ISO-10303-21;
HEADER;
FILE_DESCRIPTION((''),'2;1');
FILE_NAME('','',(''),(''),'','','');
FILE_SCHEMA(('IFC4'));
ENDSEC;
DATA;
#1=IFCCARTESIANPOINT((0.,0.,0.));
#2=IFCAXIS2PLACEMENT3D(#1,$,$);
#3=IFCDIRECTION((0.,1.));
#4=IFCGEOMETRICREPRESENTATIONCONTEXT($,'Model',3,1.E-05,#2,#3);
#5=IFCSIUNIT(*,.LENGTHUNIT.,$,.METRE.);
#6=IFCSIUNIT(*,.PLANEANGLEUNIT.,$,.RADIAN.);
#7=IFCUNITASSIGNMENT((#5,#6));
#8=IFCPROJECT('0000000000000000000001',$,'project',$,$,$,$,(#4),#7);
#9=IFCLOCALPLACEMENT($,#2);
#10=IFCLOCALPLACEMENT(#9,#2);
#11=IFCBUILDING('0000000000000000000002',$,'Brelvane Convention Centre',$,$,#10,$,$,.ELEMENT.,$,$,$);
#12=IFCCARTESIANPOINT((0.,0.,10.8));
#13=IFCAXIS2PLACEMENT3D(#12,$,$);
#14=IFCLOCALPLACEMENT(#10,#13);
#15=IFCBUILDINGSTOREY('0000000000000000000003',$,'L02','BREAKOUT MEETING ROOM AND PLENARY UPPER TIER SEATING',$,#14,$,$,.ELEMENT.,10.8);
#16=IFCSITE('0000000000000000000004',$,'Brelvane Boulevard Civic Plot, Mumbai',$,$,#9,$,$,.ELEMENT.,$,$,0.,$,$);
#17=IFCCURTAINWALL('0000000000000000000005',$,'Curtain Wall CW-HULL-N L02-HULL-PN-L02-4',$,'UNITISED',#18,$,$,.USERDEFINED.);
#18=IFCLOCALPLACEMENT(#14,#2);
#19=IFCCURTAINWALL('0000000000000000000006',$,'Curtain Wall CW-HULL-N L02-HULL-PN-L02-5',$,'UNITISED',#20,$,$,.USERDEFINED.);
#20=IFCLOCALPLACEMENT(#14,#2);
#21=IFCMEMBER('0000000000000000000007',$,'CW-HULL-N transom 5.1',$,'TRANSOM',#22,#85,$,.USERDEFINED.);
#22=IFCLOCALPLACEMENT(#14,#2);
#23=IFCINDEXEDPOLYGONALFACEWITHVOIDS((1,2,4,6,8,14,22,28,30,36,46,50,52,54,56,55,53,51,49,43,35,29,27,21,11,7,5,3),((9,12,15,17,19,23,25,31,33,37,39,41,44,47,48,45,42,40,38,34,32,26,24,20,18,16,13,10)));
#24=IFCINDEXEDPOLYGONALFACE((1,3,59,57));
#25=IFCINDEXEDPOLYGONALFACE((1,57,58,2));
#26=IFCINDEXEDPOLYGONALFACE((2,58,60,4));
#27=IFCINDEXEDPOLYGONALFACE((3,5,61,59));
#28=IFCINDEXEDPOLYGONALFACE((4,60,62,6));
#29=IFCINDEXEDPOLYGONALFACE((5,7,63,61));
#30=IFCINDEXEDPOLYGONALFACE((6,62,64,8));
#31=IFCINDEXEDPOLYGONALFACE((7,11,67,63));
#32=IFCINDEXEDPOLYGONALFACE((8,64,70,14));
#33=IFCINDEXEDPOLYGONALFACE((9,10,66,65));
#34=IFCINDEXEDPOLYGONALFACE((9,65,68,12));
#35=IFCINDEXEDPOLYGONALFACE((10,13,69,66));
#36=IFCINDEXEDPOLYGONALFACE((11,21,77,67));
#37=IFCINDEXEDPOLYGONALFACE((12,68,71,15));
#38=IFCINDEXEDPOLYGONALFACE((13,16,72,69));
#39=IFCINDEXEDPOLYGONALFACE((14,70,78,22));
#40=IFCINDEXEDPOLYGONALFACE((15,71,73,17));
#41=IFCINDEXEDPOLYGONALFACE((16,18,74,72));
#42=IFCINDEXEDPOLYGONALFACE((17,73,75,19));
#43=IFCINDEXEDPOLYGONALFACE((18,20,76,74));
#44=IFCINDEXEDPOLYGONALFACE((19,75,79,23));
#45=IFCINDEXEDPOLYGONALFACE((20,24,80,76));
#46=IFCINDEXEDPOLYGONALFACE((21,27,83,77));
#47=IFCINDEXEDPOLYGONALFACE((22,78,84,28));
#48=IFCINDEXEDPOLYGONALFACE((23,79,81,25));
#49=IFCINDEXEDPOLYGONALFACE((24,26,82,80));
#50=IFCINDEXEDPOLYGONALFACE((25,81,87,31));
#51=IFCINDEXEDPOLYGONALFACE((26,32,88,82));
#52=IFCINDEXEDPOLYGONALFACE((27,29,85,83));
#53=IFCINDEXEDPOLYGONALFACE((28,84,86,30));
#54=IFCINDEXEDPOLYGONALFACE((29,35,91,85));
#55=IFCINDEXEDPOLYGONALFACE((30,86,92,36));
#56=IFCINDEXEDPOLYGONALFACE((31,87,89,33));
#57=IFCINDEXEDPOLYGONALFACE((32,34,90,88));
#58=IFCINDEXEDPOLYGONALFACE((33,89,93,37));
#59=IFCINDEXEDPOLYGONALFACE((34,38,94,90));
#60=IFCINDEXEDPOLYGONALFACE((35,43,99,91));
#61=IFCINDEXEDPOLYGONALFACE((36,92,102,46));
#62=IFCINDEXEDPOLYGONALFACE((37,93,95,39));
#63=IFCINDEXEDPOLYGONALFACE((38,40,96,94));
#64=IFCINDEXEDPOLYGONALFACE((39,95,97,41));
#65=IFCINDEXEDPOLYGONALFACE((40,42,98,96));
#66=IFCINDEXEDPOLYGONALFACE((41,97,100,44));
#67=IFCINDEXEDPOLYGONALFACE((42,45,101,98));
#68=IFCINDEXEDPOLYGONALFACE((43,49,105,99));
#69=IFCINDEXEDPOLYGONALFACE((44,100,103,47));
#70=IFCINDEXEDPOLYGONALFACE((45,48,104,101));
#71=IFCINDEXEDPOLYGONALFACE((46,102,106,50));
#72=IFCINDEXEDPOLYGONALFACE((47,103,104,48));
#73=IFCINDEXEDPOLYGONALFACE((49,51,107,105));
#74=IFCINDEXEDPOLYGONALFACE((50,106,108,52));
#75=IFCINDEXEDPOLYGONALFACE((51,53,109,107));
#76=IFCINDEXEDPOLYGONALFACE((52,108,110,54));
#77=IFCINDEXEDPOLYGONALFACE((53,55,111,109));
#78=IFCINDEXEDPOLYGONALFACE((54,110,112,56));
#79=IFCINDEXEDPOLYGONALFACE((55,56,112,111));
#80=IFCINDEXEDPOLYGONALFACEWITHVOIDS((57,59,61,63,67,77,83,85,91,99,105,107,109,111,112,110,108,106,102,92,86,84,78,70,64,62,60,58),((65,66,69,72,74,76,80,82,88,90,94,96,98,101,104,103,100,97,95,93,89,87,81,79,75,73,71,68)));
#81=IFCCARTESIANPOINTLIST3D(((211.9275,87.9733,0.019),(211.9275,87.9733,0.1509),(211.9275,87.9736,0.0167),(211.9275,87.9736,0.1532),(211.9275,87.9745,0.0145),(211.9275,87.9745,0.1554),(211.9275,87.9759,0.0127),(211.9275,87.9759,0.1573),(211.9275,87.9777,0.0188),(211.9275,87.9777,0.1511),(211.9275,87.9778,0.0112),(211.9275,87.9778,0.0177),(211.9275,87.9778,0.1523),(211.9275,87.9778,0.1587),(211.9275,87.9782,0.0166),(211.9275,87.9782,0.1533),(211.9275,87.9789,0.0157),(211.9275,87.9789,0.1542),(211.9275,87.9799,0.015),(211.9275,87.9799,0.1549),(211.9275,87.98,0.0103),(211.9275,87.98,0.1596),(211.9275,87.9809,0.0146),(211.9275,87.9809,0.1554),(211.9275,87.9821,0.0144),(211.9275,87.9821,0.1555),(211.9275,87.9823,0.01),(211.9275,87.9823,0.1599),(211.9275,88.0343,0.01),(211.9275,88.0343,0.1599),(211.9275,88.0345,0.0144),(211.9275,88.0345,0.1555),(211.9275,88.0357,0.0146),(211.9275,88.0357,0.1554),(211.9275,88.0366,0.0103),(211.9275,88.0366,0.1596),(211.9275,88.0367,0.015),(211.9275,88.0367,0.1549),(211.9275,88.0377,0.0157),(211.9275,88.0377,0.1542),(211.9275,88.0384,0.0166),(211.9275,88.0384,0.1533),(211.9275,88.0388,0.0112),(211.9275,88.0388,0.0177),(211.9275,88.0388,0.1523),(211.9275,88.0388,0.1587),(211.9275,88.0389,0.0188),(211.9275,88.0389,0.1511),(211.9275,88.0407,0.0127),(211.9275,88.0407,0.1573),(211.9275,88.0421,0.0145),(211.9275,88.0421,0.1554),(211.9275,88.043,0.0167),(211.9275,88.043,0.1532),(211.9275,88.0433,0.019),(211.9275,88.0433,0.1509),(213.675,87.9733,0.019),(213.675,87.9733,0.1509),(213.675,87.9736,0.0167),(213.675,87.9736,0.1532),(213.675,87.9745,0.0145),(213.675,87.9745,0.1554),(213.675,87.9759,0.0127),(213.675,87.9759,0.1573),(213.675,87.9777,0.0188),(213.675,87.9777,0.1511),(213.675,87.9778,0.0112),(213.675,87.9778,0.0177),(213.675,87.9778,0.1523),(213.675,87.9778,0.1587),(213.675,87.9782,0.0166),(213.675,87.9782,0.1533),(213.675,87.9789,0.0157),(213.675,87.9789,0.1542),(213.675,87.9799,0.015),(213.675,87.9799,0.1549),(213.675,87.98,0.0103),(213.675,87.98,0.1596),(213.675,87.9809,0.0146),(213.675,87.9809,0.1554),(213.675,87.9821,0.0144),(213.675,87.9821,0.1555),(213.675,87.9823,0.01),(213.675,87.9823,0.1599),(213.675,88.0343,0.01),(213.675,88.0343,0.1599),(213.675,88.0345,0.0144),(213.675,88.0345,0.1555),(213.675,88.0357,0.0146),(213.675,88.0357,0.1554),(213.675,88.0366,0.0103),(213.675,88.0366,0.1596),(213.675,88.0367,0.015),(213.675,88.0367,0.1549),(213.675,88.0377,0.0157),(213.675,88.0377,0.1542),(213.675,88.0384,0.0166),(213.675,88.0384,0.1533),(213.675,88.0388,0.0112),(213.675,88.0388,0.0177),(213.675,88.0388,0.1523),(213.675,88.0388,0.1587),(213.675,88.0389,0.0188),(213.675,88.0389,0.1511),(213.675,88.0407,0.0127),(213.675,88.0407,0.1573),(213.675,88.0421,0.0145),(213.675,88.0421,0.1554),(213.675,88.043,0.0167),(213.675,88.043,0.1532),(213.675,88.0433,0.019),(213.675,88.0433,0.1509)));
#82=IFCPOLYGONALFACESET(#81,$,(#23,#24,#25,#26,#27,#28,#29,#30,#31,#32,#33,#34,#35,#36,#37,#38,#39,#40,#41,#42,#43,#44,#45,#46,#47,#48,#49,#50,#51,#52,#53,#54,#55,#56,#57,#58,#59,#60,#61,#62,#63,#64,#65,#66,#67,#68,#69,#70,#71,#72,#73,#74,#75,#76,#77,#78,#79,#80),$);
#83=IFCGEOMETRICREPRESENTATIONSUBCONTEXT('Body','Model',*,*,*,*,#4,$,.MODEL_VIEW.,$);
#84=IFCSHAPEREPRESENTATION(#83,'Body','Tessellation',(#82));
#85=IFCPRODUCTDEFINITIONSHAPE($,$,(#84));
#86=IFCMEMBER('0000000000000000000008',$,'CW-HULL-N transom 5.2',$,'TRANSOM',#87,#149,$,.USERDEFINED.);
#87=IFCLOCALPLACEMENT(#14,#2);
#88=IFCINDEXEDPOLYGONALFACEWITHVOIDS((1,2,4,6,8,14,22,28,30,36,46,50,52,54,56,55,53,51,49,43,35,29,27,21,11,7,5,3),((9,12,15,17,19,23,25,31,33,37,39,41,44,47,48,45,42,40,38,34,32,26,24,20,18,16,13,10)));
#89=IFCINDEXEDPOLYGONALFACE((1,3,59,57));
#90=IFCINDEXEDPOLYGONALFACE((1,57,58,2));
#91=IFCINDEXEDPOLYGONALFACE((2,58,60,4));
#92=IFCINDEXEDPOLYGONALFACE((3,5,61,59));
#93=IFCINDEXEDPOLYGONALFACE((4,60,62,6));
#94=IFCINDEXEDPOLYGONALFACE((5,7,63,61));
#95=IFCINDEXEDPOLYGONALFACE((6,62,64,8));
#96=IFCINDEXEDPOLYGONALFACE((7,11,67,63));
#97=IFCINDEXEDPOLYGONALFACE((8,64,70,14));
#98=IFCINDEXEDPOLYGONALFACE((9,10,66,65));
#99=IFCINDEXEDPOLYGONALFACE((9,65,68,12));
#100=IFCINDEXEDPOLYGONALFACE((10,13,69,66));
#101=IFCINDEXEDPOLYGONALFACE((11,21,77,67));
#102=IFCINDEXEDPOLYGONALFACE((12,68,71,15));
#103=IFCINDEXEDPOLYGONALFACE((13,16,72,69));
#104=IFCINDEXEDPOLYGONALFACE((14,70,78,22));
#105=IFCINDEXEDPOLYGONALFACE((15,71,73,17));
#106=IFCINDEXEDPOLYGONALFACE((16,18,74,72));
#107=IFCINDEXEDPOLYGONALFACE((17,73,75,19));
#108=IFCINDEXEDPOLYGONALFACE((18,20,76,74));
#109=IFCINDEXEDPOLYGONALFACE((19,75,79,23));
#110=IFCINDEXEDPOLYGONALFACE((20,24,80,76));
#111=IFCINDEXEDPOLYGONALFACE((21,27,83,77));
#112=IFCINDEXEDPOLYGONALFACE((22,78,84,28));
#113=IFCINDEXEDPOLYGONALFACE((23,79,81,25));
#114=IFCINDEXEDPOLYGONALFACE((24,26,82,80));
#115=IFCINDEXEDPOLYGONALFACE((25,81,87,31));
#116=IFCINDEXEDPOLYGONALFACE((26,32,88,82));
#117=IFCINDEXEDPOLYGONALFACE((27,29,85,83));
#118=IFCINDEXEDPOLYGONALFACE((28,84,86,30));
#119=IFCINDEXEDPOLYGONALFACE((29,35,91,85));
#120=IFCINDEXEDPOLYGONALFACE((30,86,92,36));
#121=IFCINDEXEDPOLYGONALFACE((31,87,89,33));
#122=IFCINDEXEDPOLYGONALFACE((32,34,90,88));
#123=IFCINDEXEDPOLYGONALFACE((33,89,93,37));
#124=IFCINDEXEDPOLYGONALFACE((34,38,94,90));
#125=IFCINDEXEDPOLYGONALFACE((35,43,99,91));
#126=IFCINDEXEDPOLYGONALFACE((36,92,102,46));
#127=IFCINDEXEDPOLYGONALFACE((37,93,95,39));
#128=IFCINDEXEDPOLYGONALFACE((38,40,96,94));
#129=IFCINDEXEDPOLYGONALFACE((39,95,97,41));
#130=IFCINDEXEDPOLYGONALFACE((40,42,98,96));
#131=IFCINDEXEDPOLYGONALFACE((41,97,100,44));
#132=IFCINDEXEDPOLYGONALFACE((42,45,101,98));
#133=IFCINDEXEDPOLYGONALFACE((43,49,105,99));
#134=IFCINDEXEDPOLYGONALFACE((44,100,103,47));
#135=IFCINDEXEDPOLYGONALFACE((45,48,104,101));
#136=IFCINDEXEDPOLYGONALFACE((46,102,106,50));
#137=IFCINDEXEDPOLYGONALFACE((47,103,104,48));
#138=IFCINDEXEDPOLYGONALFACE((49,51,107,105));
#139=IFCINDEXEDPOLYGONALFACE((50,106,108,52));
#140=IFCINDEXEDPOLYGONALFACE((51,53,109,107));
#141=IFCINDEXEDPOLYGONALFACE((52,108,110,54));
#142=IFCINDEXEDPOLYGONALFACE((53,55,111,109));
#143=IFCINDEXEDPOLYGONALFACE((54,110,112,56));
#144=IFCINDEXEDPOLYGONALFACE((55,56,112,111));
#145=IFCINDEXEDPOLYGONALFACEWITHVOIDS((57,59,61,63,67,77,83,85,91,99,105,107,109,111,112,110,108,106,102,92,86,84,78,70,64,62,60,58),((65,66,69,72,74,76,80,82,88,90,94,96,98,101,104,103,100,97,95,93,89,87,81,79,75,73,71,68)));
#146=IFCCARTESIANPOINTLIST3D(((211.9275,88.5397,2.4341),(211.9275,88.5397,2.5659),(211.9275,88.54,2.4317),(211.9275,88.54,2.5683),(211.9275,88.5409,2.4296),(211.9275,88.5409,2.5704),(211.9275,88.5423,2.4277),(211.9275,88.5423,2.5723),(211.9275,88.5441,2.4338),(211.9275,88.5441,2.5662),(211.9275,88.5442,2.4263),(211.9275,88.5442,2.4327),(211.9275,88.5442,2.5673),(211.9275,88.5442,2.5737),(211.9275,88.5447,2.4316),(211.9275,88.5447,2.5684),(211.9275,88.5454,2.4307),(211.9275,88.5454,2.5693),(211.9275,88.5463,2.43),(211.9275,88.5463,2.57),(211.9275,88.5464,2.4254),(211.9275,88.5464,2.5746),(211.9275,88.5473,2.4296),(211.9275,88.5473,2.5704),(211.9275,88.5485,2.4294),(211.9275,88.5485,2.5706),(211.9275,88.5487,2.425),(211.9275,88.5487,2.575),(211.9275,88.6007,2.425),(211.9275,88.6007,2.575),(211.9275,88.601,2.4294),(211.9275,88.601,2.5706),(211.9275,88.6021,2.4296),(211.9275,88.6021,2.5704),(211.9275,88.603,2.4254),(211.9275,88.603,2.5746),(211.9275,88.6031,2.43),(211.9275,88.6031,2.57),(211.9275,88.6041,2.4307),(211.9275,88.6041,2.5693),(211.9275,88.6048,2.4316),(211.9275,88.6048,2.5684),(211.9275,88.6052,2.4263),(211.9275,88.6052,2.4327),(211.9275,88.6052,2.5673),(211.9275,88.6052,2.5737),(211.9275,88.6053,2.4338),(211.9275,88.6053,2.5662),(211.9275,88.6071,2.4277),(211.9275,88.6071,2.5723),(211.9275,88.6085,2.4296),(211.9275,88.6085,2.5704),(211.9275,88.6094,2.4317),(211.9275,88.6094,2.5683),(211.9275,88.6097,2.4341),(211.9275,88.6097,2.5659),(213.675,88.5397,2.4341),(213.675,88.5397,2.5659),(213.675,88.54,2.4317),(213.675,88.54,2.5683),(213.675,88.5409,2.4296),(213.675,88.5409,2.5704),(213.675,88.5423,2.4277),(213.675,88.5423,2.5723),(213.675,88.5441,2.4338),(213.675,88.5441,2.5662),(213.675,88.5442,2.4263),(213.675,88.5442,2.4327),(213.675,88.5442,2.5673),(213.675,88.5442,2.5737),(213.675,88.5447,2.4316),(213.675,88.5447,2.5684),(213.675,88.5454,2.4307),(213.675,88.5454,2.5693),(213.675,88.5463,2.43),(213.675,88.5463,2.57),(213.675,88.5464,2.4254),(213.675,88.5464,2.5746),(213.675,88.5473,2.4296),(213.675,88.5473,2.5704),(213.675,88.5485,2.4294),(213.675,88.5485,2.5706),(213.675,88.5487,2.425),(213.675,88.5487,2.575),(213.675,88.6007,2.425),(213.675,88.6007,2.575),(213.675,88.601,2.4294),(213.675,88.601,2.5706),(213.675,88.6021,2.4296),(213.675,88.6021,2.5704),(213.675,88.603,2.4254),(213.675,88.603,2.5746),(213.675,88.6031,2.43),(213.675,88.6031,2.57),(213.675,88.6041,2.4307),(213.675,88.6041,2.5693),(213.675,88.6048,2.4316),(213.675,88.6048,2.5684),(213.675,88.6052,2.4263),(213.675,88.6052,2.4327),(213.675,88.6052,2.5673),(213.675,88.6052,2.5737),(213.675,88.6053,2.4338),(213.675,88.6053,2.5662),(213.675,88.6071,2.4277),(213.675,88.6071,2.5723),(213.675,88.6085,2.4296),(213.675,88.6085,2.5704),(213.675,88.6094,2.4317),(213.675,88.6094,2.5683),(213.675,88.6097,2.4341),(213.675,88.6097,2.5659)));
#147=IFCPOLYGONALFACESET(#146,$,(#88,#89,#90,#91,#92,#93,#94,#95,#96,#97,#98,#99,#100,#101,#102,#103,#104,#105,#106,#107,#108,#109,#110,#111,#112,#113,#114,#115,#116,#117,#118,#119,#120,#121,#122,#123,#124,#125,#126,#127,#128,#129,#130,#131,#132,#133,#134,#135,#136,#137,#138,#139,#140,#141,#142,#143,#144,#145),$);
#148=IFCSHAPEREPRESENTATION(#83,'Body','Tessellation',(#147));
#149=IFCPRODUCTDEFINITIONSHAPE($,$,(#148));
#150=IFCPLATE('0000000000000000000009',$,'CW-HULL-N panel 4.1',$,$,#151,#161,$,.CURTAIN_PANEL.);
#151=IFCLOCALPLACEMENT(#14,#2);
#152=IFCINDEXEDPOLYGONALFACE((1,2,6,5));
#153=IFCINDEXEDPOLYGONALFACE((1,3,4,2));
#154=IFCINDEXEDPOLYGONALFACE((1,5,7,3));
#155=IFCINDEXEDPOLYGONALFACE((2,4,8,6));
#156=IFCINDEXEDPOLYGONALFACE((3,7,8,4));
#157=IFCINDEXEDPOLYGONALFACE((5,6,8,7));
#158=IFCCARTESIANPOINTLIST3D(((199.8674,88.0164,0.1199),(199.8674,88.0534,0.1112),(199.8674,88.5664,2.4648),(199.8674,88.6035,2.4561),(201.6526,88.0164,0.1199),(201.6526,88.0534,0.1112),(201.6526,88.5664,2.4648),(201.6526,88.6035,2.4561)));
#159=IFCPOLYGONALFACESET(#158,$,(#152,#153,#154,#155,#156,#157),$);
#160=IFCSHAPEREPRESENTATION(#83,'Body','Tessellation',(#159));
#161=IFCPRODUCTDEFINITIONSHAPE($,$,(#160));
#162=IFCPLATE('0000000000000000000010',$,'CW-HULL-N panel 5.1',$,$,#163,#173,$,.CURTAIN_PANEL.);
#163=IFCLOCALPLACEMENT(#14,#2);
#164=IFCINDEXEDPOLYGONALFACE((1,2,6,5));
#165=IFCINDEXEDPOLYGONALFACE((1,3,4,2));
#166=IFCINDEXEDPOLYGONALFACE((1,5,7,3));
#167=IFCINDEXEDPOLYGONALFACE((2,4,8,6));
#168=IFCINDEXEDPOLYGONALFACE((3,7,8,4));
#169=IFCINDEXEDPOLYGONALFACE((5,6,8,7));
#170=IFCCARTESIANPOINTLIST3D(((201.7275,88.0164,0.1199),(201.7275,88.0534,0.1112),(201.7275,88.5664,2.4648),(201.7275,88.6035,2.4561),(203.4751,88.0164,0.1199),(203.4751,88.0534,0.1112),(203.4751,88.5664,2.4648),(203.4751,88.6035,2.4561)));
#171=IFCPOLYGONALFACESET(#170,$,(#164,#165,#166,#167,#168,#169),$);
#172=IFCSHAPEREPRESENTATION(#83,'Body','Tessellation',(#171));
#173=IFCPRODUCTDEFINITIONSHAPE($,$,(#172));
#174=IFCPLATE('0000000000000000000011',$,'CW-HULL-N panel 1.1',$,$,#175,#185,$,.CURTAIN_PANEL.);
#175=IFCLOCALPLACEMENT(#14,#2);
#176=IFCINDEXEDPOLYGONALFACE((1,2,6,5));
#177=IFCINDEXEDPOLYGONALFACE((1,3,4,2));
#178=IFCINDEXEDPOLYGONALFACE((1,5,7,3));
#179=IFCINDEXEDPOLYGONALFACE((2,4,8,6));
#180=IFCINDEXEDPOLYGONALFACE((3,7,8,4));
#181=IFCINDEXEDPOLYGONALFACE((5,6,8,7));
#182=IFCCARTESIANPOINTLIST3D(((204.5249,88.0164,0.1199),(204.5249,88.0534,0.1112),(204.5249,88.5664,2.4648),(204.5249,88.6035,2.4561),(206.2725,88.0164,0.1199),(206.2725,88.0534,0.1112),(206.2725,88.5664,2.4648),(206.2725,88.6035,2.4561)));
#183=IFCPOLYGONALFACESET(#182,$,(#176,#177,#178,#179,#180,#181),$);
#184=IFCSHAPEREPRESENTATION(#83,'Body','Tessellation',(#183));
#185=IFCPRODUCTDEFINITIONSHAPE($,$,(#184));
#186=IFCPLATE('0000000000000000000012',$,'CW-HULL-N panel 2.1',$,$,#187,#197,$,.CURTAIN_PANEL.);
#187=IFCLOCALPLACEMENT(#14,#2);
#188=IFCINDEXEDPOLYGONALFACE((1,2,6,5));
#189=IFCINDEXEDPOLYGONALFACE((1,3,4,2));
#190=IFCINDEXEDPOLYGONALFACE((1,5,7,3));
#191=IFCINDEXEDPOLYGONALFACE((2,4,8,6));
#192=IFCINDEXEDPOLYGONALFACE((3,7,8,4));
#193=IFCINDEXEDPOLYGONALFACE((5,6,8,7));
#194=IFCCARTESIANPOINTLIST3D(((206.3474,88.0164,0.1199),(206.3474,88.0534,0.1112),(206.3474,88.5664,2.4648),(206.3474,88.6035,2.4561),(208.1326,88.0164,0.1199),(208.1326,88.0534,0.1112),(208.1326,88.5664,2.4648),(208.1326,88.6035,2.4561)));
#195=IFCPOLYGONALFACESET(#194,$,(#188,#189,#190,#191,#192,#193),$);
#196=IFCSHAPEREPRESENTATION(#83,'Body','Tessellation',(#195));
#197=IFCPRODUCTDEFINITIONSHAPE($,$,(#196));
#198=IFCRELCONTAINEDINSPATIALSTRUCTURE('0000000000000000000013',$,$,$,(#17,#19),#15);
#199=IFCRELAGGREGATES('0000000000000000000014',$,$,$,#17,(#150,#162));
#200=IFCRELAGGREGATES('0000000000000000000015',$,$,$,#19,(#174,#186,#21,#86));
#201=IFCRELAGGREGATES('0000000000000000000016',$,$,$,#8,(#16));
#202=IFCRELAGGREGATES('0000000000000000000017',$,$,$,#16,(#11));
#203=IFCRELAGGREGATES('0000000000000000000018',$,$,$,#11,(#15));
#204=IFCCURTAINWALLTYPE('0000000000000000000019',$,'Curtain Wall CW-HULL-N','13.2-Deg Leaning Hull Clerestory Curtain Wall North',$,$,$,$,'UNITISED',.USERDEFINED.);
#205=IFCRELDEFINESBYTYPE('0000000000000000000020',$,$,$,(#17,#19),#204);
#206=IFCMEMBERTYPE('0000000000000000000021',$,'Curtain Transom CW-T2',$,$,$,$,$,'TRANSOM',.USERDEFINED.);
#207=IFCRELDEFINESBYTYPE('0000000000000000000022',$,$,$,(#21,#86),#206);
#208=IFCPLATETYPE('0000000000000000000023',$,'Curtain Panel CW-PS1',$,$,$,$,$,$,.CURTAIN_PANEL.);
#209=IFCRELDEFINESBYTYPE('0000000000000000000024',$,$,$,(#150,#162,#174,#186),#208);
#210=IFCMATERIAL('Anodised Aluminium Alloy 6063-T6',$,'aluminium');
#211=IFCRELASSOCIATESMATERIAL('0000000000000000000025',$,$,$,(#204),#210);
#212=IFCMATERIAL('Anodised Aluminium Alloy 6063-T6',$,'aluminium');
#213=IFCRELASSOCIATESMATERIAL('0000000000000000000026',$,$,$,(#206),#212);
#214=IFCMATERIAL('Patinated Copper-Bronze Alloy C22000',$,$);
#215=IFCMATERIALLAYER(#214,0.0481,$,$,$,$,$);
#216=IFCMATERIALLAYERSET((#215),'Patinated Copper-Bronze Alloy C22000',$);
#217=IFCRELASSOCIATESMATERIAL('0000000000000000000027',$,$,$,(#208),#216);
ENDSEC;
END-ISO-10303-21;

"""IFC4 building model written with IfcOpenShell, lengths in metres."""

from ifc_helpers import new_model, si_unit, direction, frame, origin, origin_2d, place, context, subcontext, project, spatial, polyline, hollow_rectangle, outline, extrude, material, layer, layer_set, material_profile, profile_set, type_object, element, aggregate, save


model = new_model("IFC4")

# Units and contexts
model_context = context("Model", 3, precision=1e-05, world=origin(), true_north=direction((0.0, 1.0)))
body_context = subcontext(model_context, "Body", "Model", "MODEL_VIEW")
ifc_project = project(units=[si_unit("LENGTHUNIT", "METRE"), si_unit("PLANEANGLEUNIT", "RADIAN")], contexts=[model_context])

# Site, building, storey
site_placement = place(None, origin())
site = spatial("IfcSite", under=ifc_project, at=site_placement, Name="Brelvane Boulevard Civic Plot, Mumbai", CompositionType="ELEMENT", RefElevation=0.0)
building_placement = place(site_placement, origin())
building = spatial("IfcBuilding", under=site, at=building_placement, Name="Brelvane Convention Centre", CompositionType="ELEMENT")
storey_placement = place(building_placement, frame((0.0, 0.0, 10.8)))
storey = spatial("IfcBuildingStorey", under=building, at=storey_placement, Name="L02", Description="BREAKOUT MEETING ROOM AND PLENARY UPPER TIER SEATING", CompositionType="ELEMENT", Elevation=10.8)

# Curtain walls
ifc_material_1 = material(Name="Anodised Aluminium Alloy 6063-T6", Category="aluminium")
curtain_wall_type = type_object("IfcCurtainWallType", Name="Curtain Wall CW-HULL-N", Description="13.2-Deg Leaning Hull Clerestory Curtain Wall North", ElementType="UNITISED", PredefinedType="USERDEFINED", material=ifc_material_1)
curtain_wall_1_placement = place(storey_placement, origin())
curtain_wall_1 = element("IfcCurtainWall", 1, at=curtain_wall_1_placement, inside=storey, type_object=curtain_wall_type, Name="Curtain Wall CW-HULL-N L02-HULL-PN-L02-4", ObjectType="UNITISED", PredefinedType="USERDEFINED")
curtain_wall_2_placement = place(storey_placement, origin())
curtain_wall_2 = element("IfcCurtainWall", 2, at=curtain_wall_2_placement, inside=storey, type_object=curtain_wall_type, Name="Curtain Wall CW-HULL-N L02-HULL-PN-L02-5", ObjectType="UNITISED", PredefinedType="USERDEFINED")

# Members
ifc_material_2 = material(Name="Anodised Aluminium Alloy 6063-T6", Category="aluminium")
ifc_material_profile_1 = material_profile(ifc_material_2, hollow_rectangle(XDim=0.0701, YDim=0.1499, WallThickness=0.0044, InnerFilletRadius=0.0044, OuterFilletRadius=0.009, at=origin_2d()), Name="ALU-T 150x70x4.5")
ifc_profile_set_1 = profile_set([ifc_material_profile_1], Name="Anodised Aluminium Alloy 6063-T6")
member_type_1 = type_object("IfcMemberType", Name="Curtain Transom CW-T2", ElementType="TRANSOM", PredefinedType="USERDEFINED", material=ifc_profile_set_1)
member_1_placement = place(storey_placement, frame((211.9275, 88.0083, 0.085), z_axis=(1.0, 0.0, 0.0), x_axis=(0.0, 1.0, 0.0)))
member_1 = element("IfcMember", 3, at=member_1_placement, type_object=member_type_1, Name="CW-HULL-N transom 5.1", ObjectType="TRANSOM", PredefinedType="USERDEFINED", context=body_context, shape_type="SweptSolid", body=[
    extrude(hollow_rectangle(XDim=0.0701, YDim=0.1499, WallThickness=0.0044, InnerFilletRadius=0.0044, OuterFilletRadius=0.009, at=origin_2d()), origin(), (0.0, 0.0, 1.0), 1.7476),
])
member_2_placement = place(storey_placement, frame((211.9275, 88.5747, 2.5), z_axis=(1.0, 0.0, 0.0), x_axis=(0.0, 1.0, 0.0)))
member_2 = element("IfcMember", 4, at=member_2_placement, type_object=member_type_1, Name="CW-HULL-N transom 5.2", ObjectType="TRANSOM", PredefinedType="USERDEFINED", context=body_context, shape_type="SweptSolid", body=[
    extrude(hollow_rectangle(XDim=0.0701, YDim=0.1499, WallThickness=0.0044, InnerFilletRadius=0.0044, OuterFilletRadius=0.009, at=origin_2d()), origin(), (0.0, 0.0, 1.0), 1.7476),
])

# Plates
ifc_material_3 = material(Name="Patinated Copper-Bronze Alloy C22000")
ifc_layer = layer(ifc_material_3, 0.0481)
ifc_layer_set = layer_set([ifc_layer], Name="Patinated Copper-Bronze Alloy C22000")
plate_type = type_object("IfcPlateType", Name="Curtain Panel CW-PS1", PredefinedType="CURTAIN_PANEL", material=ifc_layer_set)
plate_1_placement = place(storey_placement, frame((199.8674, 88.0164, 0.1199), z_axis=(0.0, -0.973575, 0.228367), x_axis=(1.0, 0.0, 0.0)))
plate_1 = element("IfcPlate", 5, at=plate_1_placement, type_object=plate_type, Name="CW-HULL-N panel 4.1", PredefinedType="CURTAIN_PANEL", context=body_context, shape_type="SweptSolid", body=[
    extrude(outline(polyline([(0.0, 0.0), (1.7852, 0.0), (1.7852, 2.4086), (0.0, 2.4086), (0.0, 0.0)])), origin(), (0.0, 0.0, -1.0), 0.0381),
])
plate_2_placement = place(storey_placement, frame((201.7275, 88.0164, 0.1199), z_axis=(0.0, -0.973575, 0.228367), x_axis=(1.0, 0.0, 0.0)))
plate_2 = element("IfcPlate", 6, at=plate_2_placement, type_object=plate_type, Name="CW-HULL-N panel 5.1", PredefinedType="CURTAIN_PANEL", context=body_context, shape_type="SweptSolid", body=[
    extrude(outline(polyline([(0.0, 0.0), (1.7476, 0.0), (1.7476, 2.4086), (0.0, 2.4086), (0.0, 0.0)])), origin(), (0.0, 0.0, -1.0), 0.0381),
])
aggregate(curtain_wall_1, [plate_1, plate_2])
plate_3_placement = place(storey_placement, frame((204.5249, 88.0164, 0.1199), z_axis=(0.0, -0.973575, 0.228367), x_axis=(1.0, 0.0, 0.0)))
plate_3 = element("IfcPlate", 7, at=plate_3_placement, type_object=plate_type, Name="CW-HULL-N panel 1.1", PredefinedType="CURTAIN_PANEL", context=body_context, shape_type="SweptSolid", body=[
    extrude(outline(polyline([(0.0, 0.0), (1.7476, 0.0), (1.7476, 2.4086), (0.0, 2.4086), (0.0, 0.0)])), origin(), (0.0, 0.0, -1.0), 0.0381),
])
plate_4_placement = place(storey_placement, frame((206.3474, 88.0164, 0.1199), z_axis=(0.0, -0.973575, 0.228367), x_axis=(1.0, 0.0, 0.0)))
plate_4 = element("IfcPlate", 8, at=plate_4_placement, type_object=plate_type, Name="CW-HULL-N panel 2.1", PredefinedType="CURTAIN_PANEL", context=body_context, shape_type="SweptSolid", body=[
    extrude(outline(polyline([(0.0, 0.0), (1.7852, 0.0), (1.7852, 2.4086), (0.0, 2.4086), (0.0, 0.0)])), origin(), (0.0, 0.0, -1.0), 0.0381),
])
aggregate(curtain_wall_2, [plate_3, plate_4, member_1, member_2])

save(model, "model.ifc")
